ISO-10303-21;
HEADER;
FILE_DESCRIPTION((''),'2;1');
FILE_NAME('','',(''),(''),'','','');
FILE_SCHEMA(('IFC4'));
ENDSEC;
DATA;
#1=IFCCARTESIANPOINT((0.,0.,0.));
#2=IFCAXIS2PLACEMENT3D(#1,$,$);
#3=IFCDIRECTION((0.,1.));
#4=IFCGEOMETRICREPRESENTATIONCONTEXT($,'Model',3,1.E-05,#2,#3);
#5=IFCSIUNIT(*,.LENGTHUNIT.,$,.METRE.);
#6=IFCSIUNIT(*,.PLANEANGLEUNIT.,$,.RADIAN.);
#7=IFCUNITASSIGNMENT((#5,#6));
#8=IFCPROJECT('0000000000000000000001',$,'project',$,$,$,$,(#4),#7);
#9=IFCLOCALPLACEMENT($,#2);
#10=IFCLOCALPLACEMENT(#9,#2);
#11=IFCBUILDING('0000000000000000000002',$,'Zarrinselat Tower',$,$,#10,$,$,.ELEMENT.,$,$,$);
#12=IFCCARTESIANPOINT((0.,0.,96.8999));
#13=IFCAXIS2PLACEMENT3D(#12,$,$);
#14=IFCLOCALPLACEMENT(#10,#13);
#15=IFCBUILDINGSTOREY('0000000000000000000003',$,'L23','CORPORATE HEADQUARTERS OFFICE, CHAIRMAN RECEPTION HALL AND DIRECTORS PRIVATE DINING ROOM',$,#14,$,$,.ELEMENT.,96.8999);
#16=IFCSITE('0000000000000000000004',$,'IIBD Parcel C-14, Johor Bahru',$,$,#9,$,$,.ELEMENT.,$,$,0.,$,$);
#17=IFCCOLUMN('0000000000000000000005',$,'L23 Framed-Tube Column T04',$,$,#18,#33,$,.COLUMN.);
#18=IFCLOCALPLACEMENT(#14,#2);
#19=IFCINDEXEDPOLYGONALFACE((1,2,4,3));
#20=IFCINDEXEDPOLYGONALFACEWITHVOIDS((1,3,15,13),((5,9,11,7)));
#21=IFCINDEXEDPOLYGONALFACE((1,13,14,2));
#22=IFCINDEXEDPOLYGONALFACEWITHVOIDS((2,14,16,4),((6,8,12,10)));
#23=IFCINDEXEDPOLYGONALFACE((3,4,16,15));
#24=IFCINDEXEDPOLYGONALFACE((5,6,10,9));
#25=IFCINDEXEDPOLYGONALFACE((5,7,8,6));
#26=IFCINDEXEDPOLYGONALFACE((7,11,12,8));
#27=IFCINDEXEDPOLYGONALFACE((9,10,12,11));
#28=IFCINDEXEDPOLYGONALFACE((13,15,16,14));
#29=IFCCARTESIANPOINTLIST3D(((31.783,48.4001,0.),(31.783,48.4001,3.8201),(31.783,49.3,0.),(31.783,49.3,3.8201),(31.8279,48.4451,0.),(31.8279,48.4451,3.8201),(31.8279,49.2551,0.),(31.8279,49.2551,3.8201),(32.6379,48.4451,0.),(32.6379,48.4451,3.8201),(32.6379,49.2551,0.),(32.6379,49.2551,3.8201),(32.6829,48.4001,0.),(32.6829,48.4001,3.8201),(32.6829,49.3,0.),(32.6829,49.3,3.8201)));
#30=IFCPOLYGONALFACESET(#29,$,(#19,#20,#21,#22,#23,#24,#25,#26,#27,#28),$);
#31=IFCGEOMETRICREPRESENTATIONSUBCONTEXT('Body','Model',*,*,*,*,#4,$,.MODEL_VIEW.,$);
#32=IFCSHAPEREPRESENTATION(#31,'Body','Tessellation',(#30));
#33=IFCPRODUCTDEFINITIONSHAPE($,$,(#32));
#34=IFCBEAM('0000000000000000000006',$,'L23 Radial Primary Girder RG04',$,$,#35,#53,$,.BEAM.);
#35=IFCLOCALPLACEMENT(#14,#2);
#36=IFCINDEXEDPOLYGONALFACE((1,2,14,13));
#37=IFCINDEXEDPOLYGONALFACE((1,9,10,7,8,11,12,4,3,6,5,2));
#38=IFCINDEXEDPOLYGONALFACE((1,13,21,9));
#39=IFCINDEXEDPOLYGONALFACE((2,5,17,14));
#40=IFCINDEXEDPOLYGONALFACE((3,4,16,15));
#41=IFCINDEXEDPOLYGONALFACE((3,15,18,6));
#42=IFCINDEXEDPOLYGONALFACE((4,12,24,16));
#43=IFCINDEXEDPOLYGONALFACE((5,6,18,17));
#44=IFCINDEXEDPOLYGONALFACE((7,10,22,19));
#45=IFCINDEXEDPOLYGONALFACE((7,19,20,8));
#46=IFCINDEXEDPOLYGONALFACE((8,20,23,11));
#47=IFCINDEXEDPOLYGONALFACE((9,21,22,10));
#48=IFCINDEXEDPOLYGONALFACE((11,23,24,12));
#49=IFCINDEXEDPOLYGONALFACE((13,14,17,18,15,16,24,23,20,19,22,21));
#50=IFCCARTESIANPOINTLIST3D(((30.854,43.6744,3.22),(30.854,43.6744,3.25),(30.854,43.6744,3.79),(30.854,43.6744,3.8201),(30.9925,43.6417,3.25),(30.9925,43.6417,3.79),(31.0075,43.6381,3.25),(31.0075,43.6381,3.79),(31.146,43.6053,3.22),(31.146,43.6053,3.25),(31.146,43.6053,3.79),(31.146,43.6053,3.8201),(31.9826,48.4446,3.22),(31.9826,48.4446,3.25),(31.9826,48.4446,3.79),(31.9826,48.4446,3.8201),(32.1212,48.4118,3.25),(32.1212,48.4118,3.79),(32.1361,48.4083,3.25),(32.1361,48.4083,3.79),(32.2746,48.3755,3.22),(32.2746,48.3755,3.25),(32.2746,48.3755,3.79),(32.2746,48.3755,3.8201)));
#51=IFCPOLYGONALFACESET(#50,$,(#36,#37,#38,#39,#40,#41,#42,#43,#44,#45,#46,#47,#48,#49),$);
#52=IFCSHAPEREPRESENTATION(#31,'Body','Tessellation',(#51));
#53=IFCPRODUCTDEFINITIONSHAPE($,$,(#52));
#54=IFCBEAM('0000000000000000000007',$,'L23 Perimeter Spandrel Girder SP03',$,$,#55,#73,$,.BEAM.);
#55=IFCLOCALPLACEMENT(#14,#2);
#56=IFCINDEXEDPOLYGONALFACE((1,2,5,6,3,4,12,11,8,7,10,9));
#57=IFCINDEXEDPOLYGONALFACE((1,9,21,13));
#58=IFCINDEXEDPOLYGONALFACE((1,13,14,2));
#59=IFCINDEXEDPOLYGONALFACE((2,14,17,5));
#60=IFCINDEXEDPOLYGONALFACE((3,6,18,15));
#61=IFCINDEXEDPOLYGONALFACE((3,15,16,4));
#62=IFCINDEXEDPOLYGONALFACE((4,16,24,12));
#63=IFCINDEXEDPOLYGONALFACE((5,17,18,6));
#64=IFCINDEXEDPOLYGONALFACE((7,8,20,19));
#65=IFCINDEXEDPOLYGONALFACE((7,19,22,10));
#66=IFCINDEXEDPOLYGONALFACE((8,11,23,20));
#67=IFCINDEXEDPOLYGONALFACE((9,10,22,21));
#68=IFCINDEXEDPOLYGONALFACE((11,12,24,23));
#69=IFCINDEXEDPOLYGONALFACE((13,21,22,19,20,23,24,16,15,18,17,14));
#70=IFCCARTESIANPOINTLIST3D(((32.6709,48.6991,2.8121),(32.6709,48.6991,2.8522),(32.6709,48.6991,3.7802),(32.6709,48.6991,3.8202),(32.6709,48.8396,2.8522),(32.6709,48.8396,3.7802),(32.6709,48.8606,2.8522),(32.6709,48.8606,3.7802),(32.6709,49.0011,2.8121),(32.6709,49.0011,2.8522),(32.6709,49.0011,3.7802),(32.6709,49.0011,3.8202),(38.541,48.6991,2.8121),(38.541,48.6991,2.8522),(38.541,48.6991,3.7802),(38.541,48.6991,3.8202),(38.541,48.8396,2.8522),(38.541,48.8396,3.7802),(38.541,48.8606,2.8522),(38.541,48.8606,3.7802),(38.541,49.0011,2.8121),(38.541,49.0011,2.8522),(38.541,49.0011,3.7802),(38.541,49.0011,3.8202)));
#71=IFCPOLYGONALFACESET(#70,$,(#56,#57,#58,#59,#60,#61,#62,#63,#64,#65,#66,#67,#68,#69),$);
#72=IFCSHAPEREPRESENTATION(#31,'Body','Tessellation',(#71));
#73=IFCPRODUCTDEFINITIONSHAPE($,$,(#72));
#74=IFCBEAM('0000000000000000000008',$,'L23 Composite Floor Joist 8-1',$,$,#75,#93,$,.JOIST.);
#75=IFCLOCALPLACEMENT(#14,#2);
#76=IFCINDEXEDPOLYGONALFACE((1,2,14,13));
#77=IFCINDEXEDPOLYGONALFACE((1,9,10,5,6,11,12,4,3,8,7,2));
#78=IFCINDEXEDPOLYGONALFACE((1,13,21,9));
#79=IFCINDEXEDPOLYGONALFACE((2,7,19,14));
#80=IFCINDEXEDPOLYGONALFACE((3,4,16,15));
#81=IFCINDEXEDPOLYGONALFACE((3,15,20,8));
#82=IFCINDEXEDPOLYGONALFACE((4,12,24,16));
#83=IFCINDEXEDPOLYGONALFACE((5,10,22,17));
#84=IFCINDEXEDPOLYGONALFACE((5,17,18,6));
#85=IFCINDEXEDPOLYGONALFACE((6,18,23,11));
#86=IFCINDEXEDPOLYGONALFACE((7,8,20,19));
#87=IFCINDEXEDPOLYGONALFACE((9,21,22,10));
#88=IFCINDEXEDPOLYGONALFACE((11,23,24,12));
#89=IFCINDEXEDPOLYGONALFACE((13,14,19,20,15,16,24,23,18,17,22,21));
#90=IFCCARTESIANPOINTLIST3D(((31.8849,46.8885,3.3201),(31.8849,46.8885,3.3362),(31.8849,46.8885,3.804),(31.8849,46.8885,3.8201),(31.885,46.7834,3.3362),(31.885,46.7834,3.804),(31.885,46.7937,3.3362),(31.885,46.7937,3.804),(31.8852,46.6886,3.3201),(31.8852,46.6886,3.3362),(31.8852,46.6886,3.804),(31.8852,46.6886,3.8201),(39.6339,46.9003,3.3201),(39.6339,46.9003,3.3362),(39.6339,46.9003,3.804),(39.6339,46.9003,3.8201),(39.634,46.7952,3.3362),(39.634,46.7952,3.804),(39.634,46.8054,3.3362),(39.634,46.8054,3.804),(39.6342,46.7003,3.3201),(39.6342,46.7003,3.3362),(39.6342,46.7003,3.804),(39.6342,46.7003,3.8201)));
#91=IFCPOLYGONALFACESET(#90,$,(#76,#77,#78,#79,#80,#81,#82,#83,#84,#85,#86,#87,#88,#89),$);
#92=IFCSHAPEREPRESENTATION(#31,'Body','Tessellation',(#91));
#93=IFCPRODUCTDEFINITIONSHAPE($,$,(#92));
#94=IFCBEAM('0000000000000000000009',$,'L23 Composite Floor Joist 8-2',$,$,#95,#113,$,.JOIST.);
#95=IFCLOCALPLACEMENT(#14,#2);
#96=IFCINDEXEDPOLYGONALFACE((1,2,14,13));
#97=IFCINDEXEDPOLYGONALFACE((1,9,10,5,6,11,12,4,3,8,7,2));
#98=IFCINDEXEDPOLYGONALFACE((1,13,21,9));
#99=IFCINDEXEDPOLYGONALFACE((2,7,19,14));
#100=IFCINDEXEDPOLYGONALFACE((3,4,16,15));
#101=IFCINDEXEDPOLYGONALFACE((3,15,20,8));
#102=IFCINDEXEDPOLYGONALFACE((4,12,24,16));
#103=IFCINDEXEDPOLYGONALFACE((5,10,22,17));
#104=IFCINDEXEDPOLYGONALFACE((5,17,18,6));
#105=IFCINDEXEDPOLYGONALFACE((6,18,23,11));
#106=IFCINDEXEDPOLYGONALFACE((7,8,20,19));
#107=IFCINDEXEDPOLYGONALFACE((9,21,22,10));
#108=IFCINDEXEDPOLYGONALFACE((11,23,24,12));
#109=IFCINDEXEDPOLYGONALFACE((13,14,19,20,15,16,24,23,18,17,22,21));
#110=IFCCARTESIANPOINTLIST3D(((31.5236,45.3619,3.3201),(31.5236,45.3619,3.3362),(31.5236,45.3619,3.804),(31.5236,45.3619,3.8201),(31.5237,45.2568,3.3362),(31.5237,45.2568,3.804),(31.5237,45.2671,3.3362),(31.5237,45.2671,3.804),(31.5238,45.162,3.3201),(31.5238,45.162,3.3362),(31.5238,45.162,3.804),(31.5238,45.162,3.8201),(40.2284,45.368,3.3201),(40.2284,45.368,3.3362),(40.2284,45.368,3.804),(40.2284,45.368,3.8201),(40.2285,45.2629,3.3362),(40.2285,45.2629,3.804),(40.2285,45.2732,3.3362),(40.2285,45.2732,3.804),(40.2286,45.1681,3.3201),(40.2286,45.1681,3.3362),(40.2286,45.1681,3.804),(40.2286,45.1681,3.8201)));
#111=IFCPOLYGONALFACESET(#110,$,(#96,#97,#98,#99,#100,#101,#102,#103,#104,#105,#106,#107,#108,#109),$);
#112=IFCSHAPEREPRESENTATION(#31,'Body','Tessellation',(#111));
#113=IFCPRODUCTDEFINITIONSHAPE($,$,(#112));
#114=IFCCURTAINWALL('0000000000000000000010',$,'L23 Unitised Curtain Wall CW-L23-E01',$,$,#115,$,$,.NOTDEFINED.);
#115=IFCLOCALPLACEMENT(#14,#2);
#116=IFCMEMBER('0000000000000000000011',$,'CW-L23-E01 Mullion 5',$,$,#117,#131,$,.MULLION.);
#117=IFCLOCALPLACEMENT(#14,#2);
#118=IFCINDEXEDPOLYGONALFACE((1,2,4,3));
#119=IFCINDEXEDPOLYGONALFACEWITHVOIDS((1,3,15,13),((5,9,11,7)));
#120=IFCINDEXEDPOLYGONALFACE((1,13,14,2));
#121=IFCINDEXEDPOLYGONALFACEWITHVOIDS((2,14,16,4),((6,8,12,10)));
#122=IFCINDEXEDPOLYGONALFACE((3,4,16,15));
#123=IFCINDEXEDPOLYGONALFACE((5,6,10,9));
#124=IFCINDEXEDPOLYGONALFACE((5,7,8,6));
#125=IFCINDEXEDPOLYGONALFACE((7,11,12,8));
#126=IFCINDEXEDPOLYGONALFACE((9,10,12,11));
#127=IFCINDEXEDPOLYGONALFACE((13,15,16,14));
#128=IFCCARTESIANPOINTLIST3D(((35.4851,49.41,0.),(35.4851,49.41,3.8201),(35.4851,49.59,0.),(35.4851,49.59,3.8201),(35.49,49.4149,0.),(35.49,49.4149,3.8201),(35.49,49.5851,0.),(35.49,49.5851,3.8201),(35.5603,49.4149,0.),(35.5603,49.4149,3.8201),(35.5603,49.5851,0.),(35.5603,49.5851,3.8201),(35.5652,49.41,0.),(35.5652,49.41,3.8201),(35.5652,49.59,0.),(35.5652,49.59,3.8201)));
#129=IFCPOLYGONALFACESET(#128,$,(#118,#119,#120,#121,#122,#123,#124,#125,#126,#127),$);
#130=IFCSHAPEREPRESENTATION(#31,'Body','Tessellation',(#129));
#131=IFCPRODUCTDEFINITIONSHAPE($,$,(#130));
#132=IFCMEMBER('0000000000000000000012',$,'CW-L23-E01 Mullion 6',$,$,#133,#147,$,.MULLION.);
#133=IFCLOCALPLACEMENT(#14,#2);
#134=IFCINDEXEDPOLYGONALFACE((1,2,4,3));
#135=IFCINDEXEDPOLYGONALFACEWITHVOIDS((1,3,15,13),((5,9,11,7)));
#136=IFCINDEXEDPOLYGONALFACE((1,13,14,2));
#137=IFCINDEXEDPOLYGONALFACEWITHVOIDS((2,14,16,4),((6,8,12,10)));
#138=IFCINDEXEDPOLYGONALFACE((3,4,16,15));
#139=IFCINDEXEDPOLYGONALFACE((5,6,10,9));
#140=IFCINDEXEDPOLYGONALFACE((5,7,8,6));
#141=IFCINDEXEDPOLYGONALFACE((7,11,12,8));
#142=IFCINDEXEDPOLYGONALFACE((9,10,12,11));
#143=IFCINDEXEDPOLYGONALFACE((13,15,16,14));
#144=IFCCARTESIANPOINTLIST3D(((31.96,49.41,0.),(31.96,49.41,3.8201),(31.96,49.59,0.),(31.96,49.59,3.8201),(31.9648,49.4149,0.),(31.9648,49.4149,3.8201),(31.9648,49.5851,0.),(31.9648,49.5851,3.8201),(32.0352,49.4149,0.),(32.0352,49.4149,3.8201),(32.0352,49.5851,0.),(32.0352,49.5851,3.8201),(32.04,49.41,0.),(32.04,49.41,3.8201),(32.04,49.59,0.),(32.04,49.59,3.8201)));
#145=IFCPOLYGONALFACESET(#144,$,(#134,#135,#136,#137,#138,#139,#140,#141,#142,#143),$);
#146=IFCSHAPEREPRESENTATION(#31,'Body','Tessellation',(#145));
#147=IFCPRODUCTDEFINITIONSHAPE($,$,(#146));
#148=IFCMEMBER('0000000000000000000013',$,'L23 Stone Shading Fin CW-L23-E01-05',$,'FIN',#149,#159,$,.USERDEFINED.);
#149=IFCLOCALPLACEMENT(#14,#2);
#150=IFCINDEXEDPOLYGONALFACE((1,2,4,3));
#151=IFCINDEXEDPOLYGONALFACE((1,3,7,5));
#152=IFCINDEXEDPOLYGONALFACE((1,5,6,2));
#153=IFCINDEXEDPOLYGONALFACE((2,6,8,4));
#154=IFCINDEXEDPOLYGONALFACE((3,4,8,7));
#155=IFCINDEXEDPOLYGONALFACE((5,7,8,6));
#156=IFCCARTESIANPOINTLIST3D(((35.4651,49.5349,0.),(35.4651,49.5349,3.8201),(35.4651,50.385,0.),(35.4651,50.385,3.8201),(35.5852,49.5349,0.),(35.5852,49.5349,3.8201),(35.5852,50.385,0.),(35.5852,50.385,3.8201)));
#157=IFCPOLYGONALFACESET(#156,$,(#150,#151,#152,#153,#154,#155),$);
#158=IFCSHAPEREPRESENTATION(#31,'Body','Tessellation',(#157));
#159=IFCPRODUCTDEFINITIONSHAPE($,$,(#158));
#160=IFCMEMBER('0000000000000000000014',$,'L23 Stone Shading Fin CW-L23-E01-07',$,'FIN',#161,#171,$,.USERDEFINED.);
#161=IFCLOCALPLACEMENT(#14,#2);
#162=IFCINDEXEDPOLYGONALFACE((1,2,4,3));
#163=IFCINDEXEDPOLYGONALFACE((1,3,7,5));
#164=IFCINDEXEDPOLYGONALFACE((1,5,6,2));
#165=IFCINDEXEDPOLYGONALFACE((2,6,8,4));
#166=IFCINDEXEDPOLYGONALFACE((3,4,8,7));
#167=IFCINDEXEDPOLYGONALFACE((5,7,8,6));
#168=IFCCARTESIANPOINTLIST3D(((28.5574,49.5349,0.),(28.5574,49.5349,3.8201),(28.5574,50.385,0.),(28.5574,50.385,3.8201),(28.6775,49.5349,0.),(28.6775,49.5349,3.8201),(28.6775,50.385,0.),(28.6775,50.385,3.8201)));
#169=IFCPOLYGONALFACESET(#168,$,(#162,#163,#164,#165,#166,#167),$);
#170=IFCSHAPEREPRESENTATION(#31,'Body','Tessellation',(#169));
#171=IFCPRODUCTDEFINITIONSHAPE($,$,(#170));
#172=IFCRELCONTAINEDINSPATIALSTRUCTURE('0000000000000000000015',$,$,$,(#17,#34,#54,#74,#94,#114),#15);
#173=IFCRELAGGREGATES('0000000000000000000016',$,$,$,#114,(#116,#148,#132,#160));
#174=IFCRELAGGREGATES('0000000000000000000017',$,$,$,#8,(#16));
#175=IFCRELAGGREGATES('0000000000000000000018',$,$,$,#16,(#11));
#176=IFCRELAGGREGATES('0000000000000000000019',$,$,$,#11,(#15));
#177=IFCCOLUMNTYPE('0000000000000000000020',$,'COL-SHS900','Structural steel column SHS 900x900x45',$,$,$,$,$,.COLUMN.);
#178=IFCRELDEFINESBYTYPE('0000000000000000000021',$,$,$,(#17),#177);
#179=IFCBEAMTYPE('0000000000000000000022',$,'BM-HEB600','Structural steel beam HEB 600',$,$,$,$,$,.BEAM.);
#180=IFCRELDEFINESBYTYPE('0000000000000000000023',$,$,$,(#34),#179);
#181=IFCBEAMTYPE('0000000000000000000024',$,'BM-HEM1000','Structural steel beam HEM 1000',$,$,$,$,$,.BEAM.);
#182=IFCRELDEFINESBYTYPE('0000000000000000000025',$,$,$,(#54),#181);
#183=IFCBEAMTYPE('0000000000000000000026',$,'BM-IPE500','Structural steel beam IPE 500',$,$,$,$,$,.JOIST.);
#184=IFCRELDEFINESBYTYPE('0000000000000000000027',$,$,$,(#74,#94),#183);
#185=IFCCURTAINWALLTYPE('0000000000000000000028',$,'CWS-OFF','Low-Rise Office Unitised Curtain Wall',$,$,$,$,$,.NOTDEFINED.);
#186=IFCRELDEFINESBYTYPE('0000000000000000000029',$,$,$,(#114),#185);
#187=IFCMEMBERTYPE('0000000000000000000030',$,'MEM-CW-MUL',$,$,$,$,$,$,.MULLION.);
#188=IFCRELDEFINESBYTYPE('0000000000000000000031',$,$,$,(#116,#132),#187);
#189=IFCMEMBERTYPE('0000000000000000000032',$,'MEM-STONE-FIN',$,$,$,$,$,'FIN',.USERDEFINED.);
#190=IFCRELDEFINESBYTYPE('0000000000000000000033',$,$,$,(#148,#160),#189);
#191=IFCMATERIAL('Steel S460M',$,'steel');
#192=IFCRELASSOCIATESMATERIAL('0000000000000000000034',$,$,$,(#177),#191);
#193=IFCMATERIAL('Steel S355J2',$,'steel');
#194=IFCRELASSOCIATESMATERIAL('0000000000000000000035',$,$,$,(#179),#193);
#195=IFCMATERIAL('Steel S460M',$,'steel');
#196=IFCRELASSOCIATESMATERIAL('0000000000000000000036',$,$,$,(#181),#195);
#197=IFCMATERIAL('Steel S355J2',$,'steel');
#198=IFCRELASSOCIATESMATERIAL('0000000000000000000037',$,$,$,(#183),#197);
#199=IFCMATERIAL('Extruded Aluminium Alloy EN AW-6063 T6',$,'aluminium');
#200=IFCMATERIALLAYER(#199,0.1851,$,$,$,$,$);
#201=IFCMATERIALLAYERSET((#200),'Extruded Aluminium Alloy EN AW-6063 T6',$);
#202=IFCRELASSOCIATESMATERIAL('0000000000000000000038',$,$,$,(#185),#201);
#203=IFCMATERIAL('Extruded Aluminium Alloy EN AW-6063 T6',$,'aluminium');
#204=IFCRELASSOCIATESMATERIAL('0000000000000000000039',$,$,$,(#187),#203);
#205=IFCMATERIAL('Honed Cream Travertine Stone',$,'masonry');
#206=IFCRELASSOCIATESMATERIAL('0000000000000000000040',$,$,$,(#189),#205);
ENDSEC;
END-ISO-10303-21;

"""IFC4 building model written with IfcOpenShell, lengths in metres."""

from ifc_helpers import new_model, si_unit, direction, frame, origin, origin_2d, place, context, subcontext, project, spatial, rectangle, hollow_rectangle, i_section, extrude, material, layer, layer_set, material_profile, profile_set, type_object, element, aggregate, save


model = new_model("IFC4")

# Units and contexts
model_context = context("Model", 3, precision=1e-05, world=origin(), true_north=direction((0.0, 1.0)))
body_context = subcontext(model_context, "Body", "Model", "MODEL_VIEW")
ifc_project = project(units=[si_unit("LENGTHUNIT", "METRE"), si_unit("PLANEANGLEUNIT", "RADIAN")], contexts=[model_context])

# Site, building, storey
site_placement = place(None, origin())
site = spatial("IfcSite", under=ifc_project, at=site_placement, Name="IIBD Parcel C-14, Johor Bahru", CompositionType="ELEMENT", RefElevation=0.0)
building_placement = place(site_placement, origin())
building = spatial("IfcBuilding", under=site, at=building_placement, Name="Zarrinselat Tower", CompositionType="ELEMENT")
storey_placement = place(building_placement, frame((0.0, 0.0, 96.8999)))
storey = spatial("IfcBuildingStorey", under=building, at=storey_placement, Name="L23", Description="CORPORATE HEADQUARTERS OFFICE, CHAIRMAN RECEPTION HALL AND DIRECTORS PRIVATE DINING ROOM", CompositionType="ELEMENT", Elevation=96.8999)

# Column
ifc_material_1 = material(Name="Steel S460M", Category="steel")
ifc_material_profile_1 = material_profile(ifc_material_1, hollow_rectangle(XDim=0.8999, YDim=0.8999, WallThickness=0.0449, at=origin_2d()), Name="SHS 900x900x45")
ifc_profile_set_1 = profile_set([ifc_material_profile_1], Name="Steel S460M")
column_type = type_object("IfcColumnType", Name="COL-SHS900", Description="Structural steel column SHS 900x900x45", PredefinedType="COLUMN", material=ifc_profile_set_1)
column_placement = place(storey_placement, frame((32.2329, 48.8501, 0.0), z_axis=(0.0, 0.0, 1.0), x_axis=(1.0, 0.0, 0.0)))
element("IfcColumn", 1, at=column_placement, inside=storey, type_object=column_type, Name="L23 Framed-Tube Column T04", PredefinedType="COLUMN", context=body_context, shape_type="SweptSolid", body=[
    extrude(hollow_rectangle(XDim=0.8999, YDim=0.8999, WallThickness=0.0449, at=origin_2d()), origin(), (0.0, 0.0, 1.0), 3.8201),
])

# Beams
ifc_material_2 = material(Name="Steel S355J2", Category="steel")
ifc_material_profile_2 = material_profile(ifc_material_2, i_section(OverallWidth=0.3, OverallDepth=0.6001, WebThickness=0.0154, FlangeThickness=0.03, at=origin_2d()), Name="HEB 600")
ifc_profile_set_2 = profile_set([ifc_material_profile_2], Name="Steel S355J2")
beam_type_1 = type_object("IfcBeamType", Name="BM-HEB600", Description="Structural steel beam HEB 600", PredefinedType="BEAM", material=ifc_profile_set_2)
beam_1_placement = place(storey_placement, frame((31.0, 43.6399, 3.52), z_axis=(0.230247, 0.973132, 0.0), x_axis=(-0.973132, 0.230247, 0.0)))
element("IfcBeam", 2, at=beam_1_placement, inside=storey, type_object=beam_type_1, Name="L23 Radial Primary Girder RG04", PredefinedType="BEAM", context=body_context, shape_type="SweptSolid", body=[
    extrude(i_section(OverallWidth=0.3, OverallDepth=0.6001, WebThickness=0.0154, FlangeThickness=0.03, at=origin_2d()), origin(), (0.0, 0.0, 1.0), 4.9019),
])
ifc_material_3 = material(Name="Steel S460M", Category="steel")
ifc_material_profile_3 = material_profile(ifc_material_3, i_section(OverallWidth=0.302, OverallDepth=1.0081, WebThickness=0.021, FlangeThickness=0.04, at=origin_2d()), Name="HEM 1000")
ifc_profile_set_3 = profile_set([ifc_material_profile_3], Name="Steel S460M")
beam_type_2 = type_object("IfcBeamType", Name="BM-HEM1000", Description="Structural steel beam HEM 1000", PredefinedType="BEAM", material=ifc_profile_set_3)
beam_2_placement = place(storey_placement, frame((32.6709, 48.8501, 3.3162), z_axis=(1.0, 0.0, 0.0), x_axis=(0.0, 1.0, 0.0)))
element("IfcBeam", 3, at=beam_2_placement, inside=storey, type_object=beam_type_2, Name="L23 Perimeter Spandrel Girder SP03", PredefinedType="BEAM", context=body_context, shape_type="SweptSolid", body=[
    extrude(i_section(OverallWidth=0.302, OverallDepth=1.0081, WebThickness=0.021, FlangeThickness=0.04, at=origin_2d()), origin(), (0.0, 0.0, 1.0), 5.8701),
])
ifc_material_4 = material(Name="Steel S355J2", Category="steel")
ifc_material_profile_4 = material_profile(ifc_material_4, i_section(OverallWidth=0.2, OverallDepth=0.5, WebThickness=0.0103, FlangeThickness=0.0161, at=origin_2d()), Name="IPE 500")
ifc_profile_set_4 = profile_set([ifc_material_profile_4], Name="Steel S355J2")
beam_type_3 = type_object("IfcBeamType", Name="BM-IPE500", Description="Structural steel beam IPE 500", PredefinedType="JOIST", material=ifc_profile_set_4)
beam_3_placement = place(storey_placement, frame((31.885, 46.7886, 3.5701), z_axis=(0.999999, 0.001512, 0.0), x_axis=(-0.001512, 0.999999, 0.0)))
element("IfcBeam", 4, at=beam_3_placement, inside=storey, type_object=beam_type_3, Name="L23 Composite Floor Joist 8-1", PredefinedType="JOIST", context=body_context, shape_type="SweptSolid", body=[
    extrude(i_section(OverallWidth=0.2, OverallDepth=0.5, WebThickness=0.0103, FlangeThickness=0.0161, at=origin_2d()), origin(), (0.0, 0.0, 1.0), 7.749),
])
beam_4_placement = place(storey_placement, frame((31.5237, 45.262, 3.5701), z_axis=(1.0, 0.000701, 0.0), x_axis=(-0.000701, 1.0, 0.0)))
element("IfcBeam", 5, at=beam_4_placement, inside=storey, type_object=beam_type_3, Name="L23 Composite Floor Joist 8-2", PredefinedType="JOIST", context=body_context, shape_type="SweptSolid", body=[
    extrude(i_section(OverallWidth=0.2, OverallDepth=0.5, WebThickness=0.0103, FlangeThickness=0.0161, at=origin_2d()), origin(), (0.0, 0.0, 1.0), 8.7048),
])

# Curtain wall, members
ifc_material_5 = material(Name="Extruded Aluminium Alloy EN AW-6063 T6", Category="aluminium")
ifc_layer_1 = layer(ifc_material_5, 0.1851)
ifc_layer_set_1 = layer_set([ifc_layer_1], Name="Extruded Aluminium Alloy EN AW-6063 T6")
curtain_wall_type = type_object("IfcCurtainWallType", Name="CWS-OFF", Description="Low-Rise Office Unitised Curtain Wall", PredefinedType="NOTDEFINED", material=ifc_layer_set_1)
curtain_wall_placement = place(storey_placement, origin())
curtain_wall = element("IfcCurtainWall", 6, at=curtain_wall_placement, inside=storey, type_object=curtain_wall_type, Name="L23 Unitised Curtain Wall CW-L23-E01", PredefinedType="NOTDEFINED")
ifc_material_6 = material(Name="Extruded Aluminium Alloy EN AW-6063 T6", Category="aluminium")
ifc_material_profile_5 = material_profile(ifc_material_6, hollow_rectangle(XDim=0.0801, YDim=0.1799, WallThickness=0.0049, at=origin_2d()), Name="RHS 180x80x5")
ifc_profile_set_5 = profile_set([ifc_material_profile_5], Name="Extruded Aluminium Alloy EN AW-6063 T6")
member_type_1 = type_object("IfcMemberType", Name="MEM-CW-MUL", PredefinedType="MULLION", material=ifc_profile_set_5)
member_1_placement = place(storey_placement, frame((35.5251, 49.5, 0.0), z_axis=(0.0, 0.0, 1.0), x_axis=(-1.0, 0.0, 0.0)))
member_1 = element("IfcMember", 7, at=member_1_placement, type_object=member_type_1, Name="CW-L23-E01 Mullion 5", PredefinedType="MULLION", context=body_context, shape_type="SweptSolid", body=[
    extrude(hollow_rectangle(XDim=0.0801, YDim=0.1799, WallThickness=0.0049, at=origin_2d()), origin(), (0.0, 0.0, 1.0), 3.8201),
])
member_2_placement = place(storey_placement, frame((32.0, 49.5, 0.0), z_axis=(0.0, 0.0, 1.0), x_axis=(-1.0, 0.0, 0.0)))
member_2 = element("IfcMember", 8, at=member_2_placement, type_object=member_type_1, Name="CW-L23-E01 Mullion 6", PredefinedType="MULLION", context=body_context, shape_type="SweptSolid", body=[
    extrude(hollow_rectangle(XDim=0.0801, YDim=0.1799, WallThickness=0.0049, at=origin_2d()), origin(), (0.0, 0.0, 1.0), 3.8201),
])
ifc_material_7 = material(Name="Honed Cream Travertine Stone", Category="masonry")
ifc_material_profile_6 = material_profile(ifc_material_7, rectangle(XDim=0.1201, YDim=0.8501, at=origin_2d()), Name="FIN 850x120")
ifc_profile_set_6 = profile_set([ifc_material_profile_6], Name="Honed Cream Travertine Stone")
member_type_2 = type_object("IfcMemberType", Name="MEM-STONE-FIN", ElementType="FIN", PredefinedType="USERDEFINED", material=ifc_profile_set_6)
member_3_placement = place(storey_placement, frame((35.5251, 49.96, 0.0), z_axis=(0.0, 0.0, 1.0), x_axis=(1.0, 0.0, 0.0)))
member_3 = element("IfcMember", 9, at=member_3_placement, type_object=member_type_2, Name="L23 Stone Shading Fin CW-L23-E01-05", ObjectType="FIN", PredefinedType="USERDEFINED", context=body_context, shape_type="SweptSolid", body=[
    extrude(rectangle(XDim=0.1201, YDim=0.8501, at=origin_2d()), origin(), (0.0, 0.0, 1.0), 3.8201),
])
member_4_placement = place(storey_placement, frame((28.6174, 49.96, 0.0), z_axis=(0.0, 0.0, 1.0), x_axis=(1.0, 0.0, 0.0)))
member_4 = element("IfcMember", 10, at=member_4_placement, type_object=member_type_2, Name="L23 Stone Shading Fin CW-L23-E01-07", ObjectType="FIN", PredefinedType="USERDEFINED", context=body_context, shape_type="SweptSolid", body=[
    extrude(rectangle(XDim=0.1201, YDim=0.8501, at=origin_2d()), origin(), (0.0, 0.0, 1.0), 3.8201),
])
aggregate(curtain_wall, [member_1, member_3, member_2, member_4])

save(model, "model.ifc")
